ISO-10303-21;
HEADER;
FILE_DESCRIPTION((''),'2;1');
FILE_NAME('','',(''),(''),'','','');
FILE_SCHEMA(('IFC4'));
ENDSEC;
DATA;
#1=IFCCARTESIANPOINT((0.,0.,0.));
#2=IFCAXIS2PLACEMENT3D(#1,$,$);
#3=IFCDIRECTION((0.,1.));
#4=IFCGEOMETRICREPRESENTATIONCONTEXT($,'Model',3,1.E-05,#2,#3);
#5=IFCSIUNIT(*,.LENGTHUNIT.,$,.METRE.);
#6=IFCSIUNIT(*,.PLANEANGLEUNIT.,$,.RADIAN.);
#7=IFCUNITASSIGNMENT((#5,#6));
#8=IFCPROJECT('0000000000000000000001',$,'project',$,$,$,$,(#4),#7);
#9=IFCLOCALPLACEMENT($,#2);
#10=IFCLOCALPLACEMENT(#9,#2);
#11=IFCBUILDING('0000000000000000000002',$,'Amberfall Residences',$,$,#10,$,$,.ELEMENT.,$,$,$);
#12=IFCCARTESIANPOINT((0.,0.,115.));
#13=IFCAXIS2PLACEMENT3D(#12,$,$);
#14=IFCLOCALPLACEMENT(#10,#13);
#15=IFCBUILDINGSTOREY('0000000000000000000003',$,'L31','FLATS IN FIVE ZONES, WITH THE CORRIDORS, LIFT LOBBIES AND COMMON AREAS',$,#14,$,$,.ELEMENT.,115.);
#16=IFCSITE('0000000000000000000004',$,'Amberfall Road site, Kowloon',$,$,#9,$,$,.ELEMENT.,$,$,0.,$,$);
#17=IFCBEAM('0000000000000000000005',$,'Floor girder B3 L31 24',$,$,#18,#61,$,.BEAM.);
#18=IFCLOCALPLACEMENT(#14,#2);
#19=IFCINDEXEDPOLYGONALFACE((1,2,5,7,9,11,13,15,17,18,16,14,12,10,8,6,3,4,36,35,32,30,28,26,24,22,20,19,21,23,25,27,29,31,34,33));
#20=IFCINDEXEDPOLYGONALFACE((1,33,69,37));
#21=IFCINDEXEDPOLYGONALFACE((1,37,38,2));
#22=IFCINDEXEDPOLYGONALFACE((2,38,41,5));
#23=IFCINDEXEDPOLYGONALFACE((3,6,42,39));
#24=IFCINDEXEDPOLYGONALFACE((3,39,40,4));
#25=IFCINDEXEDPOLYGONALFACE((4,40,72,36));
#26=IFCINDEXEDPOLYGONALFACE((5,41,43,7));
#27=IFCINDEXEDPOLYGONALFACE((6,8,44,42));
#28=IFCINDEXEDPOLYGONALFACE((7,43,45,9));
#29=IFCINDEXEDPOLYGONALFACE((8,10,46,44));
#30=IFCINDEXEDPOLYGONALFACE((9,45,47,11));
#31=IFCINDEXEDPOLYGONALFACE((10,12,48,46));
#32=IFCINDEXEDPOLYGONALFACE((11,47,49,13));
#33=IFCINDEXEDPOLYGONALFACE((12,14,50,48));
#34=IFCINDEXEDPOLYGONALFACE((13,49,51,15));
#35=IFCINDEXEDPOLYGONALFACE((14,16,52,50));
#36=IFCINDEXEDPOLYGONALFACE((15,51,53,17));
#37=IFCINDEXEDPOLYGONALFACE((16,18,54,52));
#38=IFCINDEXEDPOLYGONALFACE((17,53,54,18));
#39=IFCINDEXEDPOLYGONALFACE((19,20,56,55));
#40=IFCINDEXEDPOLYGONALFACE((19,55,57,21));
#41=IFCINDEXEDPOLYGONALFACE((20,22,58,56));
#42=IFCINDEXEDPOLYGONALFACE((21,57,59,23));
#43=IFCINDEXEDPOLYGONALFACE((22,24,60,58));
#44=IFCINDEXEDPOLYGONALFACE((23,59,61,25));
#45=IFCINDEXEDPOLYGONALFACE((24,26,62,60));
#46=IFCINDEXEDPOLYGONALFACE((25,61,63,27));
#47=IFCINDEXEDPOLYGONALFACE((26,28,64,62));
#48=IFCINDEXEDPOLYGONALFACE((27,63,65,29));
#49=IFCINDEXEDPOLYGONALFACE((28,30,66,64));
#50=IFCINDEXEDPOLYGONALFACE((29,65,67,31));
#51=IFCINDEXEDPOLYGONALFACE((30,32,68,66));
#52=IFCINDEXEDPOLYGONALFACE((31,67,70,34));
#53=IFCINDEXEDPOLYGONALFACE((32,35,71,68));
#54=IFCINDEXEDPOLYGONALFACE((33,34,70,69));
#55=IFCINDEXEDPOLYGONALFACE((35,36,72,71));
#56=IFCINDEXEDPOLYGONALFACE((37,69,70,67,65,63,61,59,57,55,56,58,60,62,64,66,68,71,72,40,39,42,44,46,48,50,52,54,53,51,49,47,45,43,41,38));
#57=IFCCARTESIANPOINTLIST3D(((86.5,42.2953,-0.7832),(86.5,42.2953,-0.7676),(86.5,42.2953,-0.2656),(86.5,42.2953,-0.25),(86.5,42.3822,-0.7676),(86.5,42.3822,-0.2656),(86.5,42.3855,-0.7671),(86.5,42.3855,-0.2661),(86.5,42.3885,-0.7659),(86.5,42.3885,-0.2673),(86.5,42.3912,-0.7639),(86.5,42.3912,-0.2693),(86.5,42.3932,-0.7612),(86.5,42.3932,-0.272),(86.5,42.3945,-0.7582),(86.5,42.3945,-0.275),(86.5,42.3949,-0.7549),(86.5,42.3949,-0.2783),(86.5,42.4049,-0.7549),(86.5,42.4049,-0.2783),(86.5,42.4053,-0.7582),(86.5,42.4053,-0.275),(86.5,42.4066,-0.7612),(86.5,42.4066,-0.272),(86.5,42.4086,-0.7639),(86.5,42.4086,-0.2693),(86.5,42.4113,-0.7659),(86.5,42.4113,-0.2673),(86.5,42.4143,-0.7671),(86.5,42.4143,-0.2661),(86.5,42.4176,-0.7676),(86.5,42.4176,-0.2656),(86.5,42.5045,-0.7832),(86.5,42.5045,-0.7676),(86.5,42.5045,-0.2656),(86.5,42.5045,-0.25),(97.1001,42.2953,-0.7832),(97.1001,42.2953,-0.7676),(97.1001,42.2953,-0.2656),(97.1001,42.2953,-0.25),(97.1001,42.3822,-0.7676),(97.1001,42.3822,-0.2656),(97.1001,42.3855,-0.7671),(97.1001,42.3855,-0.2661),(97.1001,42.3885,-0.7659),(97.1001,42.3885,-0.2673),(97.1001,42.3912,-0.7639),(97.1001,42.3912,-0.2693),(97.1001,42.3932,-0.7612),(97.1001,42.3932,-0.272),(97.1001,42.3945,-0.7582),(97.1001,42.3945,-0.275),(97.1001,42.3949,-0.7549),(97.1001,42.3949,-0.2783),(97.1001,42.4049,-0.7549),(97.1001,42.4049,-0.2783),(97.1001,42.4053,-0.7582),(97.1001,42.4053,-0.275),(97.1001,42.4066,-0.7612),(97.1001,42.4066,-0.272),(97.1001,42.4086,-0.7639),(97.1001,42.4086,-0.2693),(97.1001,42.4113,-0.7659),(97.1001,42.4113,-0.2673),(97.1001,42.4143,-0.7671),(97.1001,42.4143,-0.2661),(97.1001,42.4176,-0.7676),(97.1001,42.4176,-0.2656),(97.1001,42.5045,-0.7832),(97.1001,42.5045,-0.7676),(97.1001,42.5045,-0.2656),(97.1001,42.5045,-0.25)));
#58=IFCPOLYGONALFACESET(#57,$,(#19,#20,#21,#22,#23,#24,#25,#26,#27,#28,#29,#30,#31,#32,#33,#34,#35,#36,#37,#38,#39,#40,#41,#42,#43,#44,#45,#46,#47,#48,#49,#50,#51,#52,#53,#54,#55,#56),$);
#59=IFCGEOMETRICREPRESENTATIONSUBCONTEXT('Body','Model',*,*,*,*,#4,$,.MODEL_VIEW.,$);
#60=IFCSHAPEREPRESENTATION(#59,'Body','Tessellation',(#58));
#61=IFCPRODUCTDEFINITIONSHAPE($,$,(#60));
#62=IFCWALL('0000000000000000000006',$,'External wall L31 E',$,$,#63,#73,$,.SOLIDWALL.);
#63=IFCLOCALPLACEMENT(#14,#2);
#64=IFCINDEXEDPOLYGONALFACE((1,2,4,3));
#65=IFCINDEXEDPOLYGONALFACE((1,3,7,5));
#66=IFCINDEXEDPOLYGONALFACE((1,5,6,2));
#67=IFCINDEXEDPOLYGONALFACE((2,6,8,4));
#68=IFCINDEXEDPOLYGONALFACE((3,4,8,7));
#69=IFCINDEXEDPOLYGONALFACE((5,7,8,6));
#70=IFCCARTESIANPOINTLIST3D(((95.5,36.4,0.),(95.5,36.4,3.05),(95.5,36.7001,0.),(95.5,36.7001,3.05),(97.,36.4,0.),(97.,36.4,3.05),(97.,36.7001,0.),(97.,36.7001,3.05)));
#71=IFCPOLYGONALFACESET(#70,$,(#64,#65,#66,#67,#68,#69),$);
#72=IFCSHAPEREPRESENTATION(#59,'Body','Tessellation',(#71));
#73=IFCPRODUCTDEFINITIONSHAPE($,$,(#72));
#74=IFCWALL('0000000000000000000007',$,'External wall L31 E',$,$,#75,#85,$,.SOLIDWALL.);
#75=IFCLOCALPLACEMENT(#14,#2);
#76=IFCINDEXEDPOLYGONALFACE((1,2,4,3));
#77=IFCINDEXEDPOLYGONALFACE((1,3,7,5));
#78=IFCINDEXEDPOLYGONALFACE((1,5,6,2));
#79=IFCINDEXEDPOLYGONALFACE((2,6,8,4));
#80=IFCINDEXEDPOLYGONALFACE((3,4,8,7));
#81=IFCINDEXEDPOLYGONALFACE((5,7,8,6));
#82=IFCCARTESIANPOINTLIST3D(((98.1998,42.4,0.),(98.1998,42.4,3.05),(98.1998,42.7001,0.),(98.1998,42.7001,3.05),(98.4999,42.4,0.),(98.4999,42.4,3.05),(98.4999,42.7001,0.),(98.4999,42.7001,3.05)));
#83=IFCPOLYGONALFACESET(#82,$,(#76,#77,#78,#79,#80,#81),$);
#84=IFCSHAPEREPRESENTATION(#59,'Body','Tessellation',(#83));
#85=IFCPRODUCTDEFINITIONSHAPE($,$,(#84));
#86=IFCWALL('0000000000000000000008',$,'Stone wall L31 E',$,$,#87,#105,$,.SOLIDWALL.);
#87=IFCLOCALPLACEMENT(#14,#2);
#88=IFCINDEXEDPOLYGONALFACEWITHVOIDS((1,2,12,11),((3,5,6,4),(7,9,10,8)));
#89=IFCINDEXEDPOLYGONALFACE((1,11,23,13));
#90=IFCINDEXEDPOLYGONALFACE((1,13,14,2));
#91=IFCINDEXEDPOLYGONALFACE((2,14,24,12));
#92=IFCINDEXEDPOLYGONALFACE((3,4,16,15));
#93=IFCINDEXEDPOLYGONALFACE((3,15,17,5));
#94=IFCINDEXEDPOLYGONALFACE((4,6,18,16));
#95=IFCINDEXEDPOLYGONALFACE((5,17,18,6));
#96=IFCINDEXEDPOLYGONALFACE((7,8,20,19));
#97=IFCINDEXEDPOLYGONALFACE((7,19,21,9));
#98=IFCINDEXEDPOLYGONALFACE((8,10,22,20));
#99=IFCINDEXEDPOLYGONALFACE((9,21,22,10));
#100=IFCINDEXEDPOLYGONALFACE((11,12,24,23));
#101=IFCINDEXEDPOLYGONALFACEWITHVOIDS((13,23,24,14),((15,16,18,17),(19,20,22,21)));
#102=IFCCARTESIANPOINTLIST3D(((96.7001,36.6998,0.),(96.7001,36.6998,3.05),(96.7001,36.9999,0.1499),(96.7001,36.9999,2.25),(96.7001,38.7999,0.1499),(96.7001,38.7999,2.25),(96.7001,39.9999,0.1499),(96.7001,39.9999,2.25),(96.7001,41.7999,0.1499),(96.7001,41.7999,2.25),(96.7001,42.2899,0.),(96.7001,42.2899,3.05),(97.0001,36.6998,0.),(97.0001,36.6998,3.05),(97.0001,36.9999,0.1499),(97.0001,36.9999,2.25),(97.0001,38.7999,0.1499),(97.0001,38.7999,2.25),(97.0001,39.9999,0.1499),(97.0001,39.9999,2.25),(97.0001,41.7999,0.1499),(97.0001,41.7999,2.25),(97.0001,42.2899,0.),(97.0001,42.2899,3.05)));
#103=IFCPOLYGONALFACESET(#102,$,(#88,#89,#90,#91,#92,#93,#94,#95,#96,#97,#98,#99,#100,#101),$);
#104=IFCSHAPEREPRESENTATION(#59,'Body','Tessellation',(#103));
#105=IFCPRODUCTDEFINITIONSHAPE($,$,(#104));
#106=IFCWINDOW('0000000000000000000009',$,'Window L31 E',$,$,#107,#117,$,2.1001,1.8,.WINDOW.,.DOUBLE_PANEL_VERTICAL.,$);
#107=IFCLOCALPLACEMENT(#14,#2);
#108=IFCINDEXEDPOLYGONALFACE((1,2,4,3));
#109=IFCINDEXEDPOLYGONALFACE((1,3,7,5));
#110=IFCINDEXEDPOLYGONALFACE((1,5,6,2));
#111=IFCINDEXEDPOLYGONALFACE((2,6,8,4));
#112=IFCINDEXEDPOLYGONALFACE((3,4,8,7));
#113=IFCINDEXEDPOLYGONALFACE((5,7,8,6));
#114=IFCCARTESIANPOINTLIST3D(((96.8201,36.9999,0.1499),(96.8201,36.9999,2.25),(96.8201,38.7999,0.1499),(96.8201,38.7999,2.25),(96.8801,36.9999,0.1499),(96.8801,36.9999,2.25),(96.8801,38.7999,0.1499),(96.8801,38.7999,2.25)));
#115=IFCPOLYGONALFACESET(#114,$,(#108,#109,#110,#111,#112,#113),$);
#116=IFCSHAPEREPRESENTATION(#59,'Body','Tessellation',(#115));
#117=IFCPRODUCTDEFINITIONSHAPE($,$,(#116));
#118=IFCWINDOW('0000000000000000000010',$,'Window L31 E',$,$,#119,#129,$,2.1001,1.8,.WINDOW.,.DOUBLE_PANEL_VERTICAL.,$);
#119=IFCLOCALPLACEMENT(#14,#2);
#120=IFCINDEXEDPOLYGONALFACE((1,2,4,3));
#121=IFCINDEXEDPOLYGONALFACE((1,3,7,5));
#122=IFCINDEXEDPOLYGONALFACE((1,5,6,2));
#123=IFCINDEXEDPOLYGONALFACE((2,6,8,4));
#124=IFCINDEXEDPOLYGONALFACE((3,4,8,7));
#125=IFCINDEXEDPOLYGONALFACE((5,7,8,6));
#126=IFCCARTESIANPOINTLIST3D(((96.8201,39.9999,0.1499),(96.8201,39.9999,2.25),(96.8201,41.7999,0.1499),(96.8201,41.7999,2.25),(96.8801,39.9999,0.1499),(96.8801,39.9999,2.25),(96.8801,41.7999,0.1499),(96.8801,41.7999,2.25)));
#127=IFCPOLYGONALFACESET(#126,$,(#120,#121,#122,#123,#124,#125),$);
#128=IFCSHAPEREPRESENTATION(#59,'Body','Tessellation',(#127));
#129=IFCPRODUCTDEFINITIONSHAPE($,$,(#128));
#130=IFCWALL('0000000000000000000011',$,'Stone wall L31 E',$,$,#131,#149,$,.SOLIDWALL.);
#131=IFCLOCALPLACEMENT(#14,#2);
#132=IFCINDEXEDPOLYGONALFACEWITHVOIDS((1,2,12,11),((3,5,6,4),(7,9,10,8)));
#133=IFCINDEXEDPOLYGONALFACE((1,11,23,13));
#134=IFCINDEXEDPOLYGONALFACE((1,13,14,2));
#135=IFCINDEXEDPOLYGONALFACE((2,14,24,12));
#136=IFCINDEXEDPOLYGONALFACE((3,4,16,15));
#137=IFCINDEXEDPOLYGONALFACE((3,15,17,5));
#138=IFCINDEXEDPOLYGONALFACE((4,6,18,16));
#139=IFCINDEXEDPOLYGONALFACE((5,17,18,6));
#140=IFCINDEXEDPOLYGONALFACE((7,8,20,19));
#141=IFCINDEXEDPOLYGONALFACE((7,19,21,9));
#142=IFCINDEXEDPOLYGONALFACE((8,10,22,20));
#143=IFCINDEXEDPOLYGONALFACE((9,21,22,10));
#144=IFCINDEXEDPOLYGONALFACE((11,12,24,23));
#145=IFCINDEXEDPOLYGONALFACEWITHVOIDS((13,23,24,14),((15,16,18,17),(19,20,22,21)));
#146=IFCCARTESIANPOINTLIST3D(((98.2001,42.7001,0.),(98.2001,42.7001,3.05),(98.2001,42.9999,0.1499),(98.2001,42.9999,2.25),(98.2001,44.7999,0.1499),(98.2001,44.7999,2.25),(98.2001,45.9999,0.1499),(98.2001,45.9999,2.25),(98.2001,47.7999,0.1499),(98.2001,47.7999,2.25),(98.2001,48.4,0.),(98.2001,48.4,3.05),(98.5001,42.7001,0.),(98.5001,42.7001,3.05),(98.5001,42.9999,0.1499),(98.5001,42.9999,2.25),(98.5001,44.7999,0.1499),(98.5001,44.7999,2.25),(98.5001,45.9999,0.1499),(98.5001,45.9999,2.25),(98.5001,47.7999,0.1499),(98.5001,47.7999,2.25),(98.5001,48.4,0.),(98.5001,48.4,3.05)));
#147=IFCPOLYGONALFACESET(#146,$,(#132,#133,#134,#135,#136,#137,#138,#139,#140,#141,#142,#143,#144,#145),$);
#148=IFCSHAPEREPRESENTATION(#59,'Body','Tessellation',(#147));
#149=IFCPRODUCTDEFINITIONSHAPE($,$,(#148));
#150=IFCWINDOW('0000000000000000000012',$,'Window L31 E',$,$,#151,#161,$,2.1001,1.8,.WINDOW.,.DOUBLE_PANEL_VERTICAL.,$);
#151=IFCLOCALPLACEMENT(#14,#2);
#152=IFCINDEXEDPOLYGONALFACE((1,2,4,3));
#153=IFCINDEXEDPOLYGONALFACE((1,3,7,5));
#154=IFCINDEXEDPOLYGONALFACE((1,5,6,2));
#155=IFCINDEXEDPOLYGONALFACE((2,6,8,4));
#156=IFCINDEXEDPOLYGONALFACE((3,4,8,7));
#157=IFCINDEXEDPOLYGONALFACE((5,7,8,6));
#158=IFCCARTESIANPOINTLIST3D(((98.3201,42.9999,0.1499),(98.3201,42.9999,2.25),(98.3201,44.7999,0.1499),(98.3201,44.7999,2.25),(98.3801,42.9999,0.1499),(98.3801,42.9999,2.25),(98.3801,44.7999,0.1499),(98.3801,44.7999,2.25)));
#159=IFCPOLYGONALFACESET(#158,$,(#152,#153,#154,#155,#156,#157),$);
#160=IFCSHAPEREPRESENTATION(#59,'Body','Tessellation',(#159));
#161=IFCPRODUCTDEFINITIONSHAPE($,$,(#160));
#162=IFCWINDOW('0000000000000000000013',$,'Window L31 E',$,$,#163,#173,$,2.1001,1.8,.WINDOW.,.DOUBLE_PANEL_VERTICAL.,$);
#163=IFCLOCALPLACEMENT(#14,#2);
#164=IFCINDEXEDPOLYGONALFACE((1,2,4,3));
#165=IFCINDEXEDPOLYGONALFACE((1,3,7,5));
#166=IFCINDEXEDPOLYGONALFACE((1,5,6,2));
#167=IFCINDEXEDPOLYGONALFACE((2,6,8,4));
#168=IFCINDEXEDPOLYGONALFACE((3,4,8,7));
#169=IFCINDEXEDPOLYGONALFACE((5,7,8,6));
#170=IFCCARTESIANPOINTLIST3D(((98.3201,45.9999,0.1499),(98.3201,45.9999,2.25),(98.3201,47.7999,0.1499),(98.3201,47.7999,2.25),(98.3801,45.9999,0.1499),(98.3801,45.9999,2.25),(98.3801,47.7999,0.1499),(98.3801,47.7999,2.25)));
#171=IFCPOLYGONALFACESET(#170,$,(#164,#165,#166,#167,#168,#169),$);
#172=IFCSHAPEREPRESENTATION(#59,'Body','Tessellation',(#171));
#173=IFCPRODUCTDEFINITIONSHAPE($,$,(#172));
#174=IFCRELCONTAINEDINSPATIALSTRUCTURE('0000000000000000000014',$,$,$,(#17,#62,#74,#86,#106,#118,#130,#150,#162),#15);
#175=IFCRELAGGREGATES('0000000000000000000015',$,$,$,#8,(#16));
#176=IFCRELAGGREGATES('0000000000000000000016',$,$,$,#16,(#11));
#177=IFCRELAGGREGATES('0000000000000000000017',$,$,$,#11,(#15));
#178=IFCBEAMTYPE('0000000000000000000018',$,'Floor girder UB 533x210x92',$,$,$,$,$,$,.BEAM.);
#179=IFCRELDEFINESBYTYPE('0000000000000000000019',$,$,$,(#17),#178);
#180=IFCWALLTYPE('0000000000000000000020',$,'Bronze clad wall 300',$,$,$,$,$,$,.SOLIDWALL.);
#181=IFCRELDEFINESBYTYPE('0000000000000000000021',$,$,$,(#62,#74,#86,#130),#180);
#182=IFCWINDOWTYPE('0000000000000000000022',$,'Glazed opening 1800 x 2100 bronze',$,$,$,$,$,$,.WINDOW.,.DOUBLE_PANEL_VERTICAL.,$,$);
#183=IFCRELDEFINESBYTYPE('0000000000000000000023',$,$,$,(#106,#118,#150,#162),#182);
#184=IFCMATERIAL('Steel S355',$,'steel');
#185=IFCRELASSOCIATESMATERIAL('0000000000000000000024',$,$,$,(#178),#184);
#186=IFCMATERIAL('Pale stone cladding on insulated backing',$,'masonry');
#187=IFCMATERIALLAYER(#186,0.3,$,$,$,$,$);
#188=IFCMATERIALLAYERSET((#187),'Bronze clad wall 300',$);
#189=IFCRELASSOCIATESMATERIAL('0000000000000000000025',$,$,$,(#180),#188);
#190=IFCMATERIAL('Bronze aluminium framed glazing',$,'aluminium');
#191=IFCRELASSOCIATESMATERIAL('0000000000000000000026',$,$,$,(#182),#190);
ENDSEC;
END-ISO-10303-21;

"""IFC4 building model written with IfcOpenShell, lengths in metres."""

from ifc_helpers import new_model, si_unit, direction, frame, frame_2d, origin, origin_2d, place, context, subcontext, project, spatial, rectangle, i_section, extrude, material, layer, layer_set, material_profile, profile_set, type_object, element, fill, save


model = new_model("IFC4")

# Units and contexts
model_context = context("Model", 3, precision=1e-05, world=origin(), true_north=direction((0.0, 1.0)))
body_context = subcontext(model_context, "Body", "Model", "MODEL_VIEW")
ifc_project = project(units=[si_unit("LENGTHUNIT", "METRE"), si_unit("PLANEANGLEUNIT", "RADIAN")], contexts=[model_context])

# Site, building, storey
site_placement = place(None, origin())
site = spatial("IfcSite", under=ifc_project, at=site_placement, Name="Amberfall Road site, Kowloon", CompositionType="ELEMENT", RefElevation=0.0)
building_placement = place(site_placement, origin())
building = spatial("IfcBuilding", under=site, at=building_placement, Name="Amberfall Residences", CompositionType="ELEMENT")
storey_placement = place(building_placement, frame((0.0, 0.0, 115.0)))
storey = spatial("IfcBuildingStorey", under=building, at=storey_placement, Name="L31", Description="FLATS IN FIVE ZONES, WITH THE CORRIDORS, LIFT LOBBIES AND COMMON AREAS", CompositionType="ELEMENT", Elevation=115.0)

# Beam
ifc_material_1 = material(Name="Steel S355", Category="steel")
ifc_material_profile_1 = material_profile(ifc_material_1, i_section(OverallWidth=0.2092, OverallDepth=0.5332, WebThickness=0.01, FlangeThickness=0.0156, FilletRadius=0.0127, at=origin_2d()), Name="UB 533x210x92")
ifc_profile_set_1 = profile_set([ifc_material_profile_1], Name="Steel S355")
beam_type_1 = type_object("IfcBeamType", Name="Floor girder UB 533x210x92", PredefinedType="BEAM", material=ifc_profile_set_1)
beam_1_placement = place(storey_placement, frame((97.1001, 42.3999, -0.5166), z_axis=(-1.0, 0.0, 0.0), x_axis=(0.0, -1.0, 0.0)))
element("IfcBeam", 1, at=beam_1_placement, inside=storey, type_object=beam_type_1, Name="Floor girder B3 L31 24", PredefinedType="BEAM", context=body_context, shape_type="SweptSolid", body=[
    extrude(i_section(OverallWidth=0.2092, OverallDepth=0.5332, WebThickness=0.01, FlangeThickness=0.0156, FilletRadius=0.0127, at=origin_2d()), origin(), (0.0, 0.0, 1.0), 10.6001),
])

# Walls
ifc_material_2 = material(Name="Pale stone cladding on insulated backing", Category="masonry")
ifc_layer_1 = layer(ifc_material_2, 0.3)
ifc_layer_set_1 = layer_set([ifc_layer_1], Name="Bronze clad wall 300")
wall_type_1 = type_object("IfcWallType", Name="Bronze clad wall 300", PredefinedType="SOLIDWALL", material=ifc_layer_set_1)
wall_1_placement = place(storey_placement, frame((95.5, 36.55, 0.0), z_axis=(0.0, 0.0, 1.0), x_axis=(1.0, 0.0, 0.0)))
element("IfcWall", 2, at=wall_1_placement, inside=storey, type_object=wall_type_1, Name="External wall L31 E", PredefinedType="SOLIDWALL", context=body_context, shape_type="SweptSolid", body=[
    extrude(rectangle(XDim=1.5, YDim=0.3, at=frame_2d((0.75, 0.0))), origin(), (0.0, 0.0, 1.0), 3.05),
])
wall_2_placement = place(storey_placement, frame((98.2, 42.55, 0.0), z_axis=(0.0, 0.0, 1.0), x_axis=(1.0, 0.0, 0.0)))
element("IfcWall", 3, at=wall_2_placement, inside=storey, type_object=wall_type_1, Name="External wall L31 E", PredefinedType="SOLIDWALL", context=body_context, shape_type="SweptSolid", body=[
    extrude(rectangle(XDim=0.3, YDim=0.3, at=frame_2d((0.1499, 0.0))), origin(), (0.0, 0.0, 1.0), 3.05),
])

# Walls, openings, windows
wall_3_placement = place(storey_placement, frame((96.8501, 36.7, 0.0), z_axis=(0.0, 0.0, 1.0), x_axis=(0.0, 1.0, 0.0)))
wall_3 = element("IfcWall", 4, at=wall_3_placement, inside=storey, type_object=wall_type_1, Name="Stone wall L31 E", PredefinedType="SOLIDWALL", context=body_context, shape_type="SweptSolid", body=[
    extrude(rectangle(XDim=5.5901, YDim=0.3, at=frame_2d((2.7949, 0.0))), origin(), (0.0, 0.0, 1.0), 3.05),
])
opening_1_placement = place(wall_3_placement, frame((0.3, 0.0, 0.1499)))
opening_1 = element("IfcOpeningElement", 5, at=opening_1_placement, cuts=wall_3, PredefinedType="OPENING", context=body_context, shape_type="SweptSolid", body=[
    extrude(rectangle(XDim=1.8, YDim=2.1001, at=frame_2d((0.8999, 1.05))), frame((0.0, 0.1599, 0.0), z_axis=(0.0, -1.0, 0.0), x_axis=(1.0, 0.0, 0.0)), (0.0, 0.0, 1.0), 0.3201),
])
opening_2_placement = place(wall_3_placement, frame((3.3, 0.0, 0.1499)))
opening_2 = element("IfcOpeningElement", 6, at=opening_2_placement, cuts=wall_3, PredefinedType="OPENING", context=body_context, shape_type="SweptSolid", body=[
    extrude(rectangle(XDim=1.8, YDim=2.1001, at=frame_2d((0.8999, 1.05))), frame((0.0, 0.1599, 0.0), z_axis=(0.0, -1.0, 0.0), x_axis=(1.0, 0.0, 0.0)), (0.0, 0.0, 1.0), 0.3201),
])
ifc_material_3 = material(Name="Bronze aluminium framed glazing", Category="aluminium")
window_type = type_object("IfcWindowType", Name="Glazed opening 1800 x 2100 bronze", PartitioningType="DOUBLE_PANEL_VERTICAL", PredefinedType="WINDOW", material=ifc_material_3)
window_1_placement = place(opening_1_placement, origin())
window_1 = element("IfcWindow", 7, at=window_1_placement, inside=storey, type_object=window_type, Name="Window L31 E", OverallHeight=2.1001, OverallWidth=1.8, PartitioningType="DOUBLE_PANEL_VERTICAL", PredefinedType="WINDOW", context=body_context, shape_type="SweptSolid", body=[
    extrude(rectangle(XDim=1.8, YDim=2.1001, at=frame_2d((0.8999, 1.05))), frame((0.0, 0.03, 0.0), z_axis=(0.0, -1.0, 0.0), x_axis=(1.0, 0.0, 0.0)), (0.0, 0.0, 1.0), 0.0601),
])
fill(opening_1, window_1)
window_2_placement = place(opening_2_placement, origin())
window_2 = element("IfcWindow", 8, at=window_2_placement, inside=storey, type_object=window_type, Name="Window L31 E", OverallHeight=2.1001, OverallWidth=1.8, PartitioningType="DOUBLE_PANEL_VERTICAL", PredefinedType="WINDOW", context=body_context, shape_type="SweptSolid", body=[
    extrude(rectangle(XDim=1.8, YDim=2.1001, at=frame_2d((0.8999, 1.05))), frame((0.0, 0.03, 0.0), z_axis=(0.0, -1.0, 0.0), x_axis=(1.0, 0.0, 0.0)), (0.0, 0.0, 1.0), 0.0601),
])
fill(opening_2, window_2)
wall_4_placement = place(storey_placement, frame((98.3501, 42.7, 0.0), z_axis=(0.0, 0.0, 1.0), x_axis=(0.0, 1.0, 0.0)))
wall_4 = element("IfcWall", 9, at=wall_4_placement, inside=storey, type_object=wall_type_1, Name="Stone wall L31 E", PredefinedType="SOLIDWALL", context=body_context, shape_type="SweptSolid", body=[
    extrude(rectangle(XDim=5.7, YDim=0.3, at=frame_2d((2.8501, 0.0))), origin(), (0.0, 0.0, 1.0), 3.05),
])
opening_3_placement = place(wall_4_placement, frame((0.3, 0.0, 0.1499)))
opening_3 = element("IfcOpeningElement", 10, at=opening_3_placement, cuts=wall_4, PredefinedType="OPENING", context=body_context, shape_type="SweptSolid", body=[
    extrude(rectangle(XDim=1.8, YDim=2.1001, at=frame_2d((0.8999, 1.05))), frame((0.0, 0.1599, 0.0), z_axis=(0.0, -1.0, 0.0), x_axis=(1.0, 0.0, 0.0)), (0.0, 0.0, 1.0), 0.3201),
])
opening_4_placement = place(wall_4_placement, frame((3.3, 0.0, 0.1499)))
opening_4 = element("IfcOpeningElement", 11, at=opening_4_placement, cuts=wall_4, PredefinedType="OPENING", context=body_context, shape_type="SweptSolid", body=[
    extrude(rectangle(XDim=1.8, YDim=2.1001, at=frame_2d((0.8999, 1.05))), frame((0.0, 0.1599, 0.0), z_axis=(0.0, -1.0, 0.0), x_axis=(1.0, 0.0, 0.0)), (0.0, 0.0, 1.0), 0.3201),
])
window_3_placement = place(opening_3_placement, origin())
window_3 = element("IfcWindow", 12, at=window_3_placement, inside=storey, type_object=window_type, Name="Window L31 E", OverallHeight=2.1001, OverallWidth=1.8, PartitioningType="DOUBLE_PANEL_VERTICAL", PredefinedType="WINDOW", context=body_context, shape_type="SweptSolid", body=[
    extrude(rectangle(XDim=1.8, YDim=2.1001, at=frame_2d((0.8999, 1.05))), frame((0.0, 0.03, 0.0), z_axis=(0.0, -1.0, 0.0), x_axis=(1.0, 0.0, 0.0)), (0.0, 0.0, 1.0), 0.0601),
])
fill(opening_3, window_3)
window_4_placement = place(opening_4_placement, origin())
window_4 = element("IfcWindow", 13, at=window_4_placement, inside=storey, type_object=window_type, Name="Window L31 E", OverallHeight=2.1001, OverallWidth=1.8, PartitioningType="DOUBLE_PANEL_VERTICAL", PredefinedType="WINDOW", context=body_context, shape_type="SweptSolid", body=[
    extrude(rectangle(XDim=1.8, YDim=2.1001, at=frame_2d((0.8999, 1.05))), frame((0.0, 0.03, 0.0), z_axis=(0.0, -1.0, 0.0), x_axis=(1.0, 0.0, 0.0)), (0.0, 0.0, 1.0), 0.0601),
])
fill(opening_4, window_4)

save(model, "model.ifc")
